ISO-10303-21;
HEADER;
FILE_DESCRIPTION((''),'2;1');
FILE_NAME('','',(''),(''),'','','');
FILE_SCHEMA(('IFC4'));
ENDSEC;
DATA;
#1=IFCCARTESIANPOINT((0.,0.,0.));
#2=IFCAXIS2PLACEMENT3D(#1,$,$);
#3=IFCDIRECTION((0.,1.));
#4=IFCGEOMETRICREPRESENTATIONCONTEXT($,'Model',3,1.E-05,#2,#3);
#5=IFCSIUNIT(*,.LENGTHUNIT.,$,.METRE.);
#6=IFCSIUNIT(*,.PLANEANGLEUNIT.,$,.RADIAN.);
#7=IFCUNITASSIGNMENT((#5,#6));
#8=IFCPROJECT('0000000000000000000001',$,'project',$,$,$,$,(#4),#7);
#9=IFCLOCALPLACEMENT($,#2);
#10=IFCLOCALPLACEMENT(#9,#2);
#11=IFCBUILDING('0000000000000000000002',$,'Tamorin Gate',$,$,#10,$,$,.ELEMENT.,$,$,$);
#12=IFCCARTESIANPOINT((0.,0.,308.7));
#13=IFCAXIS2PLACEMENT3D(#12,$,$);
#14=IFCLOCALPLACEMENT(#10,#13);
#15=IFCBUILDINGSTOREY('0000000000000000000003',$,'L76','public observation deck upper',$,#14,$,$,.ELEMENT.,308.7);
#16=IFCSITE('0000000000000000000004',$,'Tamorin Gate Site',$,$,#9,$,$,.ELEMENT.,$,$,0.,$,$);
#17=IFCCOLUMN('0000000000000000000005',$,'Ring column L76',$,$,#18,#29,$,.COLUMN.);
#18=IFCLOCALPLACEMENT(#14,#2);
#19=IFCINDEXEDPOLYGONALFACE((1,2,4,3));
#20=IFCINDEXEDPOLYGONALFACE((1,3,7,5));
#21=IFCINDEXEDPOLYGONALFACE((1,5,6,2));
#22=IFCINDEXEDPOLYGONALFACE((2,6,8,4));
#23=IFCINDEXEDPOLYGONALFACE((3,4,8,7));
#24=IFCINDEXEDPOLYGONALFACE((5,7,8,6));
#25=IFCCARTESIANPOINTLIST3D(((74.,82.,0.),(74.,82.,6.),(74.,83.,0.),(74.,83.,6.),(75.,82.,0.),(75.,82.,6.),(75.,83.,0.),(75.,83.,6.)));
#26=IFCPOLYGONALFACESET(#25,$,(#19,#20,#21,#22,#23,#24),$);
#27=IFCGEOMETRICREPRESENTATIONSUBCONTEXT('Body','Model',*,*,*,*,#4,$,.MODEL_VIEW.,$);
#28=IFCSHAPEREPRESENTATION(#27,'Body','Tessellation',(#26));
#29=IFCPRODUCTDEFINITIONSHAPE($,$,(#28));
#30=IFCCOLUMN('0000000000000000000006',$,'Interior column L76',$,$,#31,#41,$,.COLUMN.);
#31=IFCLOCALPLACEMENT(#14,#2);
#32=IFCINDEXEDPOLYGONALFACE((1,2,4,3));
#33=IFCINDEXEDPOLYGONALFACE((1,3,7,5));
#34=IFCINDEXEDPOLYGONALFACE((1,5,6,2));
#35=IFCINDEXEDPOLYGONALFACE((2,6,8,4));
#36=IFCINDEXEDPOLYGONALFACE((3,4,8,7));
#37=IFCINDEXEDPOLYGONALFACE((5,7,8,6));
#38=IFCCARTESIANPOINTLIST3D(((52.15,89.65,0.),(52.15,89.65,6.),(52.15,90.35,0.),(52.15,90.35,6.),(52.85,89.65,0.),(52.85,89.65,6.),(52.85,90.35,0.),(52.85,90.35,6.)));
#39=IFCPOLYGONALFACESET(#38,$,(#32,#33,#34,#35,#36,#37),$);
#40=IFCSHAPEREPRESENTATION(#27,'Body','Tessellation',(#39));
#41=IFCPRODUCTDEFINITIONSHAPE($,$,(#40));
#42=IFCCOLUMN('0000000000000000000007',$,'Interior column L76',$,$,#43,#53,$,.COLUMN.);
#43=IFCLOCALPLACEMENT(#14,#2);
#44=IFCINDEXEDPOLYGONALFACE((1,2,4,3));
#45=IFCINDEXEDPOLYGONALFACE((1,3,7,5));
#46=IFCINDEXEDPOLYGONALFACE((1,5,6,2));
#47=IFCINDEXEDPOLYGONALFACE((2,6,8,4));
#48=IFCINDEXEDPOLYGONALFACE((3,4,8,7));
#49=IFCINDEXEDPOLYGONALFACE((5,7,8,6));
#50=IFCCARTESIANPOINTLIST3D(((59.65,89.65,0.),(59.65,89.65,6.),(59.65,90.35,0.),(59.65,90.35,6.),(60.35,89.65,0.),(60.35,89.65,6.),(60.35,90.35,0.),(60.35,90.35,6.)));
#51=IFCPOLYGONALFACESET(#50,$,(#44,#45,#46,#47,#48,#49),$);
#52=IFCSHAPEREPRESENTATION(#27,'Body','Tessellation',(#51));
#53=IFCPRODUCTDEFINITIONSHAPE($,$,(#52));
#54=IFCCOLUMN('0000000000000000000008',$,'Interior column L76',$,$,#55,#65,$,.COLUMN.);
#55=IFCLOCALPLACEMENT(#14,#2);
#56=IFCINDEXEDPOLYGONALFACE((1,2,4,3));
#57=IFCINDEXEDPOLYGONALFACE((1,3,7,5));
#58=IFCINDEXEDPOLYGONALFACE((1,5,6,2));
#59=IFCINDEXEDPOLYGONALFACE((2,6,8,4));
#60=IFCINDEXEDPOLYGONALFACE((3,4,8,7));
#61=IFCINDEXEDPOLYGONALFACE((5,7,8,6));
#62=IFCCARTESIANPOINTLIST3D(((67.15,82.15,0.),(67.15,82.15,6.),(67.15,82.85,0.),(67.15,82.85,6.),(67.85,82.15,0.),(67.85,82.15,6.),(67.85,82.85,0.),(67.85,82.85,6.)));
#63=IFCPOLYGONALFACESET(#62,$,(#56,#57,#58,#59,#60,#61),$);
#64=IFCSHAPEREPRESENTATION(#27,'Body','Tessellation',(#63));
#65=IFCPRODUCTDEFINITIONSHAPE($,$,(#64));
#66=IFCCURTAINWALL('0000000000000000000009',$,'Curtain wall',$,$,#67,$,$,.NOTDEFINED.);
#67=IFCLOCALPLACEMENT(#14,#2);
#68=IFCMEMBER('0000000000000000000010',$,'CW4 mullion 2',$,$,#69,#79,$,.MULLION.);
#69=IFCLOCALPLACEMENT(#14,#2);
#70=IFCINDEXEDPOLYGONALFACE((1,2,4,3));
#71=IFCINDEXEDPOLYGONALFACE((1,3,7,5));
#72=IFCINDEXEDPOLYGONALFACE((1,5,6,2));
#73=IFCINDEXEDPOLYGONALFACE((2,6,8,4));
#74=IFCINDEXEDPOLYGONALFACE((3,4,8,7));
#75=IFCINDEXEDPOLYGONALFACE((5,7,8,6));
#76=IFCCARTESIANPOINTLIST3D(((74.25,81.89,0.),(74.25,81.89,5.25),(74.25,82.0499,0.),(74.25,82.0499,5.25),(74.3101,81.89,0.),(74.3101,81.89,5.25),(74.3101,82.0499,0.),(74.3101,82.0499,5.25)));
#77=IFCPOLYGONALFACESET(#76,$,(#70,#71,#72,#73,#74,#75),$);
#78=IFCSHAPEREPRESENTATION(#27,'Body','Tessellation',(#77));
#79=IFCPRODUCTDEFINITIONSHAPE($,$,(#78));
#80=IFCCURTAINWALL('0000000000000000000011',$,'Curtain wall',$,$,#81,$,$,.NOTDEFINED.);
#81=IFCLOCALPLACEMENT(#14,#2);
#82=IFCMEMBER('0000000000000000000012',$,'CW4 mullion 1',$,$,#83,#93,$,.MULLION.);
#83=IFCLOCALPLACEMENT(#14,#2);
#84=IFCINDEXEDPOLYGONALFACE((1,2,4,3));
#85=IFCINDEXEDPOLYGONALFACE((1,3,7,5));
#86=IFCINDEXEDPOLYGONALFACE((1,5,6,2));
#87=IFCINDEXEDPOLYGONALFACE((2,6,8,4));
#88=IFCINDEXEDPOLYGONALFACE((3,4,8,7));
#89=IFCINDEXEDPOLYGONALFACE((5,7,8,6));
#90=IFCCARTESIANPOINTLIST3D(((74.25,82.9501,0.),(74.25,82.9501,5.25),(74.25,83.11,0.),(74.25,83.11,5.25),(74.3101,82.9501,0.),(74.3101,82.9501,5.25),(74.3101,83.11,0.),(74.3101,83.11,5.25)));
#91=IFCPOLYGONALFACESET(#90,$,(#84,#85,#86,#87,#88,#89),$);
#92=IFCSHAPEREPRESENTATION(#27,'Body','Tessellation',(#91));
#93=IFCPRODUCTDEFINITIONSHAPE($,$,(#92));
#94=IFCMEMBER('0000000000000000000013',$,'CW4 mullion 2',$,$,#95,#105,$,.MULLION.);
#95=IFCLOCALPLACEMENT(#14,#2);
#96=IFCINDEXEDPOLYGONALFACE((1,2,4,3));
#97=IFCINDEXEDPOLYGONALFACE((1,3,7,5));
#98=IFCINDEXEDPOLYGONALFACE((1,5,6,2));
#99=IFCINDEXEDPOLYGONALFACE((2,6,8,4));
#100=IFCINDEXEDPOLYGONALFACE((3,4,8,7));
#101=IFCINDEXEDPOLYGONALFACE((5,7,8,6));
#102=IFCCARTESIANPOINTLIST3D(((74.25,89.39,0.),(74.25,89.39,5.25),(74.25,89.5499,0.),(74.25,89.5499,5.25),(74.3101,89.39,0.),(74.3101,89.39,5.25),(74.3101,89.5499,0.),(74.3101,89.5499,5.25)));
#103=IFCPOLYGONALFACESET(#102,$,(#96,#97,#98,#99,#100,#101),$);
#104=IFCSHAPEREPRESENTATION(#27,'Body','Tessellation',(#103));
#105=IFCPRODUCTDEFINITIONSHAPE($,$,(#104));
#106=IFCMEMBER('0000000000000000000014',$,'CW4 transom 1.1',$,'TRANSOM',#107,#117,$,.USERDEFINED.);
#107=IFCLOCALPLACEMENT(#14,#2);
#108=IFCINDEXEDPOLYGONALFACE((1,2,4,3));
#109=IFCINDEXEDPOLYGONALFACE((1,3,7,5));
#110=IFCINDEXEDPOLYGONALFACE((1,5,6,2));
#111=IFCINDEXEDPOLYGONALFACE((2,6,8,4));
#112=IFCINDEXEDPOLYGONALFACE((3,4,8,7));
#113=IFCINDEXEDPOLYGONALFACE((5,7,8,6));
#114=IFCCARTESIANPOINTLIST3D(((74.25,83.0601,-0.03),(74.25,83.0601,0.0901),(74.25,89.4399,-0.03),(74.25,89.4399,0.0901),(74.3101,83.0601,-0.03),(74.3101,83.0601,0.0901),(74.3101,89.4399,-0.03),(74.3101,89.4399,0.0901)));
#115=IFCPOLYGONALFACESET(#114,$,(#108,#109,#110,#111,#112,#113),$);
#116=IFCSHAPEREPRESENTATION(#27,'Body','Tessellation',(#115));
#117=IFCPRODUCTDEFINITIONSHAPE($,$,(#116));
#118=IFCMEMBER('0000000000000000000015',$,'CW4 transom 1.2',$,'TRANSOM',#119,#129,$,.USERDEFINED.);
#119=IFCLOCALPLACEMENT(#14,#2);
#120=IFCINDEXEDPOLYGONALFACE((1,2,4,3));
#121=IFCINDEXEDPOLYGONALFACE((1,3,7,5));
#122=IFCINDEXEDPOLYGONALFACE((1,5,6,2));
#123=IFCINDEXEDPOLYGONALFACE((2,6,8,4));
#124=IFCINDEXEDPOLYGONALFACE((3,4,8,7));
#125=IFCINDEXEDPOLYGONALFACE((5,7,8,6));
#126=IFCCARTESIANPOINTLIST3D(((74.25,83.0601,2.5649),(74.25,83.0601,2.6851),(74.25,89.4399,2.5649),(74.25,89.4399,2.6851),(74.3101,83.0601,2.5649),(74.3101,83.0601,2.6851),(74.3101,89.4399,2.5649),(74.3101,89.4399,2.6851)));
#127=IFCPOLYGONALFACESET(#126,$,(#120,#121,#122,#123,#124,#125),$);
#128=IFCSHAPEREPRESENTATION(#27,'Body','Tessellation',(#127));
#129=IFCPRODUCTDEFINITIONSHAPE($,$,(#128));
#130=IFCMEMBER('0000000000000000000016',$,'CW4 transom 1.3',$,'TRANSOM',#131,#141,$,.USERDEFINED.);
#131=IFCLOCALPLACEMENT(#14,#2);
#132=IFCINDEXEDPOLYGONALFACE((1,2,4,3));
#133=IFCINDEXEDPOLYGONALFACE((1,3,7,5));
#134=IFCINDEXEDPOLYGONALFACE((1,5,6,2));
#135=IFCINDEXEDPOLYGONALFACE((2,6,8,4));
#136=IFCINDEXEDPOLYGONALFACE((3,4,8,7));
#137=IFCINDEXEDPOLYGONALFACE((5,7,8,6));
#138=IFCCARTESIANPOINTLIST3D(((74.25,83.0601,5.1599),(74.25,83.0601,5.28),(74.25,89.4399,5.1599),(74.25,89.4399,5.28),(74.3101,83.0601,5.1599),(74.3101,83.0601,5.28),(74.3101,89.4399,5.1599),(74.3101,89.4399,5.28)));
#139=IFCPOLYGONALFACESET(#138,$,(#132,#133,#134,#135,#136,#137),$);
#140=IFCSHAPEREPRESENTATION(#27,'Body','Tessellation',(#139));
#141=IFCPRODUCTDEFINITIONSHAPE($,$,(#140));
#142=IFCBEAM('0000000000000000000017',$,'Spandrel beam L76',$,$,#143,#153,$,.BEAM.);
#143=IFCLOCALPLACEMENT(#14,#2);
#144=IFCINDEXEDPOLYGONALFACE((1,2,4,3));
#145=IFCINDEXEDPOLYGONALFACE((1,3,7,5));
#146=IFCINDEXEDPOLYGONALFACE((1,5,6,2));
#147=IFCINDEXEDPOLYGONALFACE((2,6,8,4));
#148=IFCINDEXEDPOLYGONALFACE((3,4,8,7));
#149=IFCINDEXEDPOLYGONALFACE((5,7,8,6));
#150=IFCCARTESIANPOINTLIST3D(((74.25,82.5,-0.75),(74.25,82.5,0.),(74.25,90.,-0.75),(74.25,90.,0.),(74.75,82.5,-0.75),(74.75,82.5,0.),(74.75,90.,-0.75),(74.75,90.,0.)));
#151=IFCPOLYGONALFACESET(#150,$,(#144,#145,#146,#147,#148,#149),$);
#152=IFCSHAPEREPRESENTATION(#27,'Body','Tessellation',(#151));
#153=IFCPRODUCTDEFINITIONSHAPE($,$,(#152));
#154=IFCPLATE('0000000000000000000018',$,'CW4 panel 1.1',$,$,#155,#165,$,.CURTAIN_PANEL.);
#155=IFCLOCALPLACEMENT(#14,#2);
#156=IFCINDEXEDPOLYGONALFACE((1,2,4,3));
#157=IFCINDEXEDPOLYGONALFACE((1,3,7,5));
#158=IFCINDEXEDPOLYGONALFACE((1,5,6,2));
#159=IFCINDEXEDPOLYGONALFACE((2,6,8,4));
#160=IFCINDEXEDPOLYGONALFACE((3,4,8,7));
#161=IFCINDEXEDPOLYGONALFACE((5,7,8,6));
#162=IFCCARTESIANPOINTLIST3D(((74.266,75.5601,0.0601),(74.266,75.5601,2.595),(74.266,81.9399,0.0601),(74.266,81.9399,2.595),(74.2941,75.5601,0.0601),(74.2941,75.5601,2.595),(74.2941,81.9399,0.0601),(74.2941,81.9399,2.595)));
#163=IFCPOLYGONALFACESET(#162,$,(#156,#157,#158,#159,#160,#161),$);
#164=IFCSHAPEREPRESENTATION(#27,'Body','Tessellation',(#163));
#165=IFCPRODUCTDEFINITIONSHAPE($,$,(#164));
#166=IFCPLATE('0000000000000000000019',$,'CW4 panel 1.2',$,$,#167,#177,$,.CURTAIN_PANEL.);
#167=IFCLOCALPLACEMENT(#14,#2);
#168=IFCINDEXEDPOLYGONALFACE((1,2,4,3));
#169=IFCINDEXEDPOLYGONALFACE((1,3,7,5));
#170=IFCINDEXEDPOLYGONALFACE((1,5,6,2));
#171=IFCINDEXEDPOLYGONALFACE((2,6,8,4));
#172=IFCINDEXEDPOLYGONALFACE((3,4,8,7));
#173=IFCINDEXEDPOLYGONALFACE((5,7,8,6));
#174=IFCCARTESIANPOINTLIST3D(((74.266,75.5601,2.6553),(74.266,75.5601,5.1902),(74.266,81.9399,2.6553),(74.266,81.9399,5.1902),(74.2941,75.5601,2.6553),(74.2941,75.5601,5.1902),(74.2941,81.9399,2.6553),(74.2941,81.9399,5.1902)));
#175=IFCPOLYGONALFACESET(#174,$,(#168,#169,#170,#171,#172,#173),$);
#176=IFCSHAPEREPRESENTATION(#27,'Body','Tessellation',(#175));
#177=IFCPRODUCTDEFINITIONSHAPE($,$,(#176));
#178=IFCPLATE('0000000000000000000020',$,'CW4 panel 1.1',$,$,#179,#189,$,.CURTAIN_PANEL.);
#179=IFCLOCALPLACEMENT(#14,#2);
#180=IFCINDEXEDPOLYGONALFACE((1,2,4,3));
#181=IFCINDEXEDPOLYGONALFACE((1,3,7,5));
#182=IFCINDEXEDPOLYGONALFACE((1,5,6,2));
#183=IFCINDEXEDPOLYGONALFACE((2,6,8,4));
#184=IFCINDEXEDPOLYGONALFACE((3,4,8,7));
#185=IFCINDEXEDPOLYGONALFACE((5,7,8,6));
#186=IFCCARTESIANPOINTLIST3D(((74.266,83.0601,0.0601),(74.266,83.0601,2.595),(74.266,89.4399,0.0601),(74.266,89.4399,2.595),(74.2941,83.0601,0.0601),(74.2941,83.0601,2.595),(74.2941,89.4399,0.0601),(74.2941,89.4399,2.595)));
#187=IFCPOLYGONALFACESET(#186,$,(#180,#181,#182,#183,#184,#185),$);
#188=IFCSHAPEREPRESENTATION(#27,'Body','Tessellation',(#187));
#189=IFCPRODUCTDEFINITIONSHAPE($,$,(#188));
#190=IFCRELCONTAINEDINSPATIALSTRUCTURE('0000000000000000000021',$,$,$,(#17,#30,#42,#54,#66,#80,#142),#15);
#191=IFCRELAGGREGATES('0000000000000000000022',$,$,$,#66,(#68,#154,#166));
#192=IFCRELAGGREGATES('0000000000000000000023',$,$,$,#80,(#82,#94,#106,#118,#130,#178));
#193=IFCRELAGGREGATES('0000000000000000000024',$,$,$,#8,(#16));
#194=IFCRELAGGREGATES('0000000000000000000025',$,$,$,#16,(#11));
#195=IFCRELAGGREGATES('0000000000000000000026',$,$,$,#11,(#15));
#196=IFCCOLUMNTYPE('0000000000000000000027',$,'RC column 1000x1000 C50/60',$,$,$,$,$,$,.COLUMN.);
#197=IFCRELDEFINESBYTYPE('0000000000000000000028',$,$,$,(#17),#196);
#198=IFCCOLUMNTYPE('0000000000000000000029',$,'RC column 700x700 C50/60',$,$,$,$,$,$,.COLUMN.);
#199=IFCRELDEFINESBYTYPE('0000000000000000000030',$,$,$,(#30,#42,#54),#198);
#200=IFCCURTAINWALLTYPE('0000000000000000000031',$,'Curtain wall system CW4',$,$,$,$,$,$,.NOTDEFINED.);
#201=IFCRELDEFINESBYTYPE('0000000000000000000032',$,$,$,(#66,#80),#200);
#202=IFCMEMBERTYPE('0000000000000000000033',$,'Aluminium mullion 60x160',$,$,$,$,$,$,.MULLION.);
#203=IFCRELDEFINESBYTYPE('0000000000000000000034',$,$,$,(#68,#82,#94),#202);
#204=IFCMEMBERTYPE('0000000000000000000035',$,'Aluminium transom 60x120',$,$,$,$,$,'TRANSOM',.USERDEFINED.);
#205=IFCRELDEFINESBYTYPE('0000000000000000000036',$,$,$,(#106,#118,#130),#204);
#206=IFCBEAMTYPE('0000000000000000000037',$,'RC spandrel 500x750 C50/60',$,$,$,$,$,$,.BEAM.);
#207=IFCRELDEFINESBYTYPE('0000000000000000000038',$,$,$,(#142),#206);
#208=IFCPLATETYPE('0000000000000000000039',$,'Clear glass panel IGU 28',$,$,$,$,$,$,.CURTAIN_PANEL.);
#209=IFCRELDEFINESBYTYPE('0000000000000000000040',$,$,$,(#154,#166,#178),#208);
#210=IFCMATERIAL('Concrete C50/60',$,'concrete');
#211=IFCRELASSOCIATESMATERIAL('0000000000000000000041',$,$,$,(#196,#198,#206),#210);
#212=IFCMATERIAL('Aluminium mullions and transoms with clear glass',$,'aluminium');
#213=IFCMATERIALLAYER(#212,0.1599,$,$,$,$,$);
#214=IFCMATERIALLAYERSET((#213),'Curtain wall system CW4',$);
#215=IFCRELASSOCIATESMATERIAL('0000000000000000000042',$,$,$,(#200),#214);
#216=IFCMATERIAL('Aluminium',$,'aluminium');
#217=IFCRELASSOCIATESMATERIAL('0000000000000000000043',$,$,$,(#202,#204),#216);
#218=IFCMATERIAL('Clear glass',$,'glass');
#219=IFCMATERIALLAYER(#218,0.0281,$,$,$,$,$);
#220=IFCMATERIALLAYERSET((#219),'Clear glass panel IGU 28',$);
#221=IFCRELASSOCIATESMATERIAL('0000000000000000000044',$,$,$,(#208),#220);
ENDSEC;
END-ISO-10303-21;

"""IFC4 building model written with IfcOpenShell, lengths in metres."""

from ifc_helpers import new_model, si_unit, direction, frame, origin, origin_2d, place, context, subcontext, project, spatial, rectangle, extrude, material, layer, layer_set, material_profile, profile_set, type_object, element, aggregate, save


model = new_model("IFC4")

# Units and contexts
model_context = context("Model", 3, precision=1e-05, world=origin(), true_north=direction((0.0, 1.0)))
body_context = subcontext(model_context, "Body", "Model", "MODEL_VIEW")
ifc_project = project(units=[si_unit("LENGTHUNIT", "METRE"), si_unit("PLANEANGLEUNIT", "RADIAN")], contexts=[model_context])

# Site, building, storey
site_placement = place(None, origin())
site = spatial("IfcSite", under=ifc_project, at=site_placement, Name="Tamorin Gate Site", CompositionType="ELEMENT", RefElevation=0.0)
building_placement = place(site_placement, origin())
building = spatial("IfcBuilding", under=site, at=building_placement, Name="Tamorin Gate", CompositionType="ELEMENT")
storey_placement = place(building_placement, frame((0.0, 0.0, 308.7)))
storey = spatial("IfcBuildingStorey", under=building, at=storey_placement, Name="L76", Description="public observation deck upper", CompositionType="ELEMENT", Elevation=308.7)

# Columns
ifc_material_1 = material(Name="Concrete C50/60", Category="concrete")
ifc_material_profile_1 = material_profile(ifc_material_1, rectangle(XDim=1.0, YDim=1.0, at=origin_2d()), Name="RC 1000x1000")
ifc_profile_set_1 = profile_set([ifc_material_profile_1], Name="Concrete C50/60")
column_type_1 = type_object("IfcColumnType", Name="RC column 1000x1000 C50/60", PredefinedType="COLUMN", material=ifc_profile_set_1)
column_placement = place(storey_placement, frame((74.5, 82.5, 0.0), z_axis=(0.0, 0.0, 1.0), x_axis=(1.0, 0.0, 0.0)))
element("IfcColumn", 1, at=column_placement, inside=storey, type_object=column_type_1, Name="Ring column L76", PredefinedType="COLUMN", context=body_context, shape_type="SweptSolid", body=[
    extrude(rectangle(XDim=1.0, YDim=1.0, at=origin_2d()), origin(), (0.0, 0.0, 1.0), 6.0),
])
ifc_material_profile_2 = material_profile(ifc_material_1, rectangle(XDim=0.7, YDim=0.7, at=origin_2d()), Name="RC 700x700")
ifc_profile_set_2 = profile_set([ifc_material_profile_2], Name="Concrete C50/60")
column_type_2 = type_object("IfcColumnType", Name="RC column 700x700 C50/60", PredefinedType="COLUMN", material=ifc_profile_set_2)
for number, where, z_axis, x_axis, name in (
    (2, (52.5, 90.0, 0.0), (0.0, 0.0, 1.0), (1.0, 0.0, 0.0), "Interior column L76"),
    (3, (60.0, 90.0, 0.0), (0.0, 0.0, 1.0), (1.0, 0.0, 0.0), "Interior column L76"),
    (4, (67.5, 82.5, 0.0), (0.0, 0.0, 1.0), (1.0, 0.0, 0.0), "Interior column L76"),
):
    element("IfcColumn", number, at=place(storey_placement, frame(where, z_axis=z_axis, x_axis=x_axis)), inside=storey, type_object=column_type_2, Name=name, PredefinedType="COLUMN", context=body_context, shape_type="SweptSolid", body=[
        extrude(rectangle(XDim=0.7, YDim=0.7, at=origin_2d()), origin(), (0.0, 0.0, 1.0), 6.0),
    ])

# Curtain wall, member
ifc_material_2 = material(Name="Aluminium mullions and transoms with clear glass", Category="aluminium")
ifc_layer_1 = layer(ifc_material_2, 0.1599)
ifc_layer_set_1 = layer_set([ifc_layer_1], Name="Curtain wall system CW4")
curtain_wall_type = type_object("IfcCurtainWallType", Name="Curtain wall system CW4", PredefinedType="NOTDEFINED", material=ifc_layer_set_1)
curtain_wall_1_placement = place(storey_placement, origin())
curtain_wall_1 = element("IfcCurtainWall", 5, at=curtain_wall_1_placement, inside=storey, type_object=curtain_wall_type, Name="Curtain wall", PredefinedType="NOTDEFINED")
ifc_material_3 = material(Name="Aluminium", Category="aluminium")
ifc_material_profile_3 = material_profile(ifc_material_3, rectangle(XDim=0.0601, YDim=0.1599, at=origin_2d()), Name="RECT 60x160")
ifc_profile_set_3 = profile_set([ifc_material_profile_3], Name="Aluminium")
member_type_1 = type_object("IfcMemberType", Name="Aluminium mullion 60x160", PredefinedType="MULLION", material=ifc_profile_set_3)
member_1_placement = place(storey_placement, frame((74.28, 81.97, 0.0), z_axis=(0.0, 0.0, 1.0), x_axis=(-1.0, 0.0, 0.0)))
member_1 = element("IfcMember", 6, at=member_1_placement, type_object=member_type_1, Name="CW4 mullion 2", PredefinedType="MULLION", context=body_context, shape_type="SweptSolid", body=[
    extrude(rectangle(XDim=0.0601, YDim=0.1599, at=origin_2d()), origin(), (0.0, 0.0, 1.0), 5.25),
])

# Curtain wall, members
curtain_wall_2_placement = place(storey_placement, origin())
curtain_wall_2 = element("IfcCurtainWall", 7, at=curtain_wall_2_placement, inside=storey, type_object=curtain_wall_type, Name="Curtain wall", PredefinedType="NOTDEFINED")
member_2_placement = place(storey_placement, frame((74.28, 83.03, 0.0), z_axis=(0.0, 0.0, 1.0), x_axis=(-1.0, 0.0, 0.0)))
member_2 = element("IfcMember", 8, at=member_2_placement, type_object=member_type_1, Name="CW4 mullion 1", PredefinedType="MULLION", context=body_context, shape_type="SweptSolid", body=[
    extrude(rectangle(XDim=0.0601, YDim=0.1599, at=origin_2d()), origin(), (0.0, 0.0, 1.0), 5.25),
])
member_3_placement = place(storey_placement, frame((74.28, 89.47, 0.0), z_axis=(0.0, 0.0, 1.0), x_axis=(-1.0, 0.0, 0.0)))
member_3 = element("IfcMember", 9, at=member_3_placement, type_object=member_type_1, Name="CW4 mullion 2", PredefinedType="MULLION", context=body_context, shape_type="SweptSolid", body=[
    extrude(rectangle(XDim=0.0601, YDim=0.1599, at=origin_2d()), origin(), (0.0, 0.0, 1.0), 5.25),
])
ifc_material_profile_4 = material_profile(ifc_material_3, rectangle(XDim=0.0601, YDim=0.1201, at=origin_2d()), Name="RECT 60x120")
ifc_profile_set_4 = profile_set([ifc_material_profile_4], Name="Aluminium")
member_type_2 = type_object("IfcMemberType", Name="Aluminium transom 60x120", ElementType="TRANSOM", PredefinedType="USERDEFINED", material=ifc_profile_set_4)
member_4_placement = place(storey_placement, frame((74.28, 83.0601, 0.03), z_axis=(0.0, 1.0, 0.0), x_axis=(-1.0, 0.0, 0.0)))
member_4 = element("IfcMember", 10, at=member_4_placement, type_object=member_type_2, Name="CW4 transom 1.1", ObjectType="TRANSOM", PredefinedType="USERDEFINED", context=body_context, shape_type="SweptSolid", body=[
    extrude(rectangle(XDim=0.0601, YDim=0.1201, at=origin_2d()), origin(), (0.0, 0.0, 1.0), 6.3799),
])
member_5_placement = place(storey_placement, frame((74.28, 83.0601, 2.625), z_axis=(0.0, 1.0, 0.0), x_axis=(-1.0, 0.0, 0.0)))
member_5 = element("IfcMember", 11, at=member_5_placement, type_object=member_type_2, Name="CW4 transom 1.2", ObjectType="TRANSOM", PredefinedType="USERDEFINED", context=body_context, shape_type="SweptSolid", body=[
    extrude(rectangle(XDim=0.0601, YDim=0.1201, at=origin_2d()), origin(), (0.0, 0.0, 1.0), 6.3799),
])
member_6_placement = place(storey_placement, frame((74.28, 83.0601, 5.22), z_axis=(0.0, 1.0, 0.0), x_axis=(-1.0, 0.0, 0.0)))
member_6 = element("IfcMember", 12, at=member_6_placement, type_object=member_type_2, Name="CW4 transom 1.3", ObjectType="TRANSOM", PredefinedType="USERDEFINED", context=body_context, shape_type="SweptSolid", body=[
    extrude(rectangle(XDim=0.0601, YDim=0.1201, at=origin_2d()), origin(), (0.0, 0.0, 1.0), 6.3799),
])

# Beam
ifc_material_profile_5 = material_profile(ifc_material_1, rectangle(XDim=0.5, YDim=0.75, at=origin_2d()), Name="RC 500x750")
ifc_profile_set_5 = profile_set([ifc_material_profile_5], Name="Concrete C50/60")
beam_type = type_object("IfcBeamType", Name="RC spandrel 500x750 C50/60", PredefinedType="BEAM", material=ifc_profile_set_5)
beam_placement = place(storey_placement, frame((74.5, 82.5, -0.375), z_axis=(0.0, 1.0, 0.0), x_axis=(-1.0, 0.0, 0.0)))
element("IfcBeam", 13, at=beam_placement, inside=storey, type_object=beam_type, Name="Spandrel beam L76", PredefinedType="BEAM", context=body_context, shape_type="SweptSolid", body=[
    extrude(rectangle(XDim=0.5, YDim=0.75, at=origin_2d()), origin(), (0.0, 0.0, 1.0), 7.5),
])

# Plates
ifc_material_4 = material(Name="Clear glass", Category="glass")
ifc_layer_2 = layer(ifc_material_4, 0.0281)
ifc_layer_set_2 = layer_set([ifc_layer_2], Name="Clear glass panel IGU 28")
plate_type = type_object("IfcPlateType", Name="Clear glass panel IGU 28", PredefinedType="CURTAIN_PANEL", material=ifc_layer_set_2)
plate_1_placement = place(storey_placement, frame((74.28, 78.75, 0.0601), z_axis=(0.0, 0.0, 1.0), x_axis=(0.0, 1.0, 0.0)))
plate_1 = element("IfcPlate", 14, at=plate_1_placement, type_object=plate_type, Name="CW4 panel 1.1", PredefinedType="CURTAIN_PANEL", context=body_context, shape_type="SweptSolid", body=[
    extrude(rectangle(XDim=6.3799, YDim=0.0281, at=origin_2d()), origin(), (0.0, 0.0, 1.0), 2.5349),
])
plate_2_placement = place(storey_placement, frame((74.28, 78.75, 2.6553), z_axis=(0.0, 0.0, 1.0), x_axis=(0.0, 1.0, 0.0)))
plate_2 = element("IfcPlate", 15, at=plate_2_placement, type_object=plate_type, Name="CW4 panel 1.2", PredefinedType="CURTAIN_PANEL", context=body_context, shape_type="SweptSolid", body=[
    extrude(rectangle(XDim=6.3799, YDim=0.0281, at=origin_2d()), origin(), (0.0, 0.0, 1.0), 2.5349),
])
aggregate(curtain_wall_1, [member_1, plate_1, plate_2])
plate_3_placement = place(storey_placement, frame((74.28, 86.25, 0.0601), z_axis=(0.0, 0.0, 1.0), x_axis=(0.0, 1.0, 0.0)))
plate_3 = element("IfcPlate", 16, at=plate_3_placement, type_object=plate_type, Name="CW4 panel 1.1", PredefinedType="CURTAIN_PANEL", context=body_context, shape_type="SweptSolid", body=[
    extrude(rectangle(XDim=6.3799, YDim=0.0281, at=origin_2d()), origin(), (0.0, 0.0, 1.0), 2.5349),
])
aggregate(curtain_wall_2, [member_2, member_3, member_4, member_5, member_6, plate_3])

save(model, "model.ifc")
